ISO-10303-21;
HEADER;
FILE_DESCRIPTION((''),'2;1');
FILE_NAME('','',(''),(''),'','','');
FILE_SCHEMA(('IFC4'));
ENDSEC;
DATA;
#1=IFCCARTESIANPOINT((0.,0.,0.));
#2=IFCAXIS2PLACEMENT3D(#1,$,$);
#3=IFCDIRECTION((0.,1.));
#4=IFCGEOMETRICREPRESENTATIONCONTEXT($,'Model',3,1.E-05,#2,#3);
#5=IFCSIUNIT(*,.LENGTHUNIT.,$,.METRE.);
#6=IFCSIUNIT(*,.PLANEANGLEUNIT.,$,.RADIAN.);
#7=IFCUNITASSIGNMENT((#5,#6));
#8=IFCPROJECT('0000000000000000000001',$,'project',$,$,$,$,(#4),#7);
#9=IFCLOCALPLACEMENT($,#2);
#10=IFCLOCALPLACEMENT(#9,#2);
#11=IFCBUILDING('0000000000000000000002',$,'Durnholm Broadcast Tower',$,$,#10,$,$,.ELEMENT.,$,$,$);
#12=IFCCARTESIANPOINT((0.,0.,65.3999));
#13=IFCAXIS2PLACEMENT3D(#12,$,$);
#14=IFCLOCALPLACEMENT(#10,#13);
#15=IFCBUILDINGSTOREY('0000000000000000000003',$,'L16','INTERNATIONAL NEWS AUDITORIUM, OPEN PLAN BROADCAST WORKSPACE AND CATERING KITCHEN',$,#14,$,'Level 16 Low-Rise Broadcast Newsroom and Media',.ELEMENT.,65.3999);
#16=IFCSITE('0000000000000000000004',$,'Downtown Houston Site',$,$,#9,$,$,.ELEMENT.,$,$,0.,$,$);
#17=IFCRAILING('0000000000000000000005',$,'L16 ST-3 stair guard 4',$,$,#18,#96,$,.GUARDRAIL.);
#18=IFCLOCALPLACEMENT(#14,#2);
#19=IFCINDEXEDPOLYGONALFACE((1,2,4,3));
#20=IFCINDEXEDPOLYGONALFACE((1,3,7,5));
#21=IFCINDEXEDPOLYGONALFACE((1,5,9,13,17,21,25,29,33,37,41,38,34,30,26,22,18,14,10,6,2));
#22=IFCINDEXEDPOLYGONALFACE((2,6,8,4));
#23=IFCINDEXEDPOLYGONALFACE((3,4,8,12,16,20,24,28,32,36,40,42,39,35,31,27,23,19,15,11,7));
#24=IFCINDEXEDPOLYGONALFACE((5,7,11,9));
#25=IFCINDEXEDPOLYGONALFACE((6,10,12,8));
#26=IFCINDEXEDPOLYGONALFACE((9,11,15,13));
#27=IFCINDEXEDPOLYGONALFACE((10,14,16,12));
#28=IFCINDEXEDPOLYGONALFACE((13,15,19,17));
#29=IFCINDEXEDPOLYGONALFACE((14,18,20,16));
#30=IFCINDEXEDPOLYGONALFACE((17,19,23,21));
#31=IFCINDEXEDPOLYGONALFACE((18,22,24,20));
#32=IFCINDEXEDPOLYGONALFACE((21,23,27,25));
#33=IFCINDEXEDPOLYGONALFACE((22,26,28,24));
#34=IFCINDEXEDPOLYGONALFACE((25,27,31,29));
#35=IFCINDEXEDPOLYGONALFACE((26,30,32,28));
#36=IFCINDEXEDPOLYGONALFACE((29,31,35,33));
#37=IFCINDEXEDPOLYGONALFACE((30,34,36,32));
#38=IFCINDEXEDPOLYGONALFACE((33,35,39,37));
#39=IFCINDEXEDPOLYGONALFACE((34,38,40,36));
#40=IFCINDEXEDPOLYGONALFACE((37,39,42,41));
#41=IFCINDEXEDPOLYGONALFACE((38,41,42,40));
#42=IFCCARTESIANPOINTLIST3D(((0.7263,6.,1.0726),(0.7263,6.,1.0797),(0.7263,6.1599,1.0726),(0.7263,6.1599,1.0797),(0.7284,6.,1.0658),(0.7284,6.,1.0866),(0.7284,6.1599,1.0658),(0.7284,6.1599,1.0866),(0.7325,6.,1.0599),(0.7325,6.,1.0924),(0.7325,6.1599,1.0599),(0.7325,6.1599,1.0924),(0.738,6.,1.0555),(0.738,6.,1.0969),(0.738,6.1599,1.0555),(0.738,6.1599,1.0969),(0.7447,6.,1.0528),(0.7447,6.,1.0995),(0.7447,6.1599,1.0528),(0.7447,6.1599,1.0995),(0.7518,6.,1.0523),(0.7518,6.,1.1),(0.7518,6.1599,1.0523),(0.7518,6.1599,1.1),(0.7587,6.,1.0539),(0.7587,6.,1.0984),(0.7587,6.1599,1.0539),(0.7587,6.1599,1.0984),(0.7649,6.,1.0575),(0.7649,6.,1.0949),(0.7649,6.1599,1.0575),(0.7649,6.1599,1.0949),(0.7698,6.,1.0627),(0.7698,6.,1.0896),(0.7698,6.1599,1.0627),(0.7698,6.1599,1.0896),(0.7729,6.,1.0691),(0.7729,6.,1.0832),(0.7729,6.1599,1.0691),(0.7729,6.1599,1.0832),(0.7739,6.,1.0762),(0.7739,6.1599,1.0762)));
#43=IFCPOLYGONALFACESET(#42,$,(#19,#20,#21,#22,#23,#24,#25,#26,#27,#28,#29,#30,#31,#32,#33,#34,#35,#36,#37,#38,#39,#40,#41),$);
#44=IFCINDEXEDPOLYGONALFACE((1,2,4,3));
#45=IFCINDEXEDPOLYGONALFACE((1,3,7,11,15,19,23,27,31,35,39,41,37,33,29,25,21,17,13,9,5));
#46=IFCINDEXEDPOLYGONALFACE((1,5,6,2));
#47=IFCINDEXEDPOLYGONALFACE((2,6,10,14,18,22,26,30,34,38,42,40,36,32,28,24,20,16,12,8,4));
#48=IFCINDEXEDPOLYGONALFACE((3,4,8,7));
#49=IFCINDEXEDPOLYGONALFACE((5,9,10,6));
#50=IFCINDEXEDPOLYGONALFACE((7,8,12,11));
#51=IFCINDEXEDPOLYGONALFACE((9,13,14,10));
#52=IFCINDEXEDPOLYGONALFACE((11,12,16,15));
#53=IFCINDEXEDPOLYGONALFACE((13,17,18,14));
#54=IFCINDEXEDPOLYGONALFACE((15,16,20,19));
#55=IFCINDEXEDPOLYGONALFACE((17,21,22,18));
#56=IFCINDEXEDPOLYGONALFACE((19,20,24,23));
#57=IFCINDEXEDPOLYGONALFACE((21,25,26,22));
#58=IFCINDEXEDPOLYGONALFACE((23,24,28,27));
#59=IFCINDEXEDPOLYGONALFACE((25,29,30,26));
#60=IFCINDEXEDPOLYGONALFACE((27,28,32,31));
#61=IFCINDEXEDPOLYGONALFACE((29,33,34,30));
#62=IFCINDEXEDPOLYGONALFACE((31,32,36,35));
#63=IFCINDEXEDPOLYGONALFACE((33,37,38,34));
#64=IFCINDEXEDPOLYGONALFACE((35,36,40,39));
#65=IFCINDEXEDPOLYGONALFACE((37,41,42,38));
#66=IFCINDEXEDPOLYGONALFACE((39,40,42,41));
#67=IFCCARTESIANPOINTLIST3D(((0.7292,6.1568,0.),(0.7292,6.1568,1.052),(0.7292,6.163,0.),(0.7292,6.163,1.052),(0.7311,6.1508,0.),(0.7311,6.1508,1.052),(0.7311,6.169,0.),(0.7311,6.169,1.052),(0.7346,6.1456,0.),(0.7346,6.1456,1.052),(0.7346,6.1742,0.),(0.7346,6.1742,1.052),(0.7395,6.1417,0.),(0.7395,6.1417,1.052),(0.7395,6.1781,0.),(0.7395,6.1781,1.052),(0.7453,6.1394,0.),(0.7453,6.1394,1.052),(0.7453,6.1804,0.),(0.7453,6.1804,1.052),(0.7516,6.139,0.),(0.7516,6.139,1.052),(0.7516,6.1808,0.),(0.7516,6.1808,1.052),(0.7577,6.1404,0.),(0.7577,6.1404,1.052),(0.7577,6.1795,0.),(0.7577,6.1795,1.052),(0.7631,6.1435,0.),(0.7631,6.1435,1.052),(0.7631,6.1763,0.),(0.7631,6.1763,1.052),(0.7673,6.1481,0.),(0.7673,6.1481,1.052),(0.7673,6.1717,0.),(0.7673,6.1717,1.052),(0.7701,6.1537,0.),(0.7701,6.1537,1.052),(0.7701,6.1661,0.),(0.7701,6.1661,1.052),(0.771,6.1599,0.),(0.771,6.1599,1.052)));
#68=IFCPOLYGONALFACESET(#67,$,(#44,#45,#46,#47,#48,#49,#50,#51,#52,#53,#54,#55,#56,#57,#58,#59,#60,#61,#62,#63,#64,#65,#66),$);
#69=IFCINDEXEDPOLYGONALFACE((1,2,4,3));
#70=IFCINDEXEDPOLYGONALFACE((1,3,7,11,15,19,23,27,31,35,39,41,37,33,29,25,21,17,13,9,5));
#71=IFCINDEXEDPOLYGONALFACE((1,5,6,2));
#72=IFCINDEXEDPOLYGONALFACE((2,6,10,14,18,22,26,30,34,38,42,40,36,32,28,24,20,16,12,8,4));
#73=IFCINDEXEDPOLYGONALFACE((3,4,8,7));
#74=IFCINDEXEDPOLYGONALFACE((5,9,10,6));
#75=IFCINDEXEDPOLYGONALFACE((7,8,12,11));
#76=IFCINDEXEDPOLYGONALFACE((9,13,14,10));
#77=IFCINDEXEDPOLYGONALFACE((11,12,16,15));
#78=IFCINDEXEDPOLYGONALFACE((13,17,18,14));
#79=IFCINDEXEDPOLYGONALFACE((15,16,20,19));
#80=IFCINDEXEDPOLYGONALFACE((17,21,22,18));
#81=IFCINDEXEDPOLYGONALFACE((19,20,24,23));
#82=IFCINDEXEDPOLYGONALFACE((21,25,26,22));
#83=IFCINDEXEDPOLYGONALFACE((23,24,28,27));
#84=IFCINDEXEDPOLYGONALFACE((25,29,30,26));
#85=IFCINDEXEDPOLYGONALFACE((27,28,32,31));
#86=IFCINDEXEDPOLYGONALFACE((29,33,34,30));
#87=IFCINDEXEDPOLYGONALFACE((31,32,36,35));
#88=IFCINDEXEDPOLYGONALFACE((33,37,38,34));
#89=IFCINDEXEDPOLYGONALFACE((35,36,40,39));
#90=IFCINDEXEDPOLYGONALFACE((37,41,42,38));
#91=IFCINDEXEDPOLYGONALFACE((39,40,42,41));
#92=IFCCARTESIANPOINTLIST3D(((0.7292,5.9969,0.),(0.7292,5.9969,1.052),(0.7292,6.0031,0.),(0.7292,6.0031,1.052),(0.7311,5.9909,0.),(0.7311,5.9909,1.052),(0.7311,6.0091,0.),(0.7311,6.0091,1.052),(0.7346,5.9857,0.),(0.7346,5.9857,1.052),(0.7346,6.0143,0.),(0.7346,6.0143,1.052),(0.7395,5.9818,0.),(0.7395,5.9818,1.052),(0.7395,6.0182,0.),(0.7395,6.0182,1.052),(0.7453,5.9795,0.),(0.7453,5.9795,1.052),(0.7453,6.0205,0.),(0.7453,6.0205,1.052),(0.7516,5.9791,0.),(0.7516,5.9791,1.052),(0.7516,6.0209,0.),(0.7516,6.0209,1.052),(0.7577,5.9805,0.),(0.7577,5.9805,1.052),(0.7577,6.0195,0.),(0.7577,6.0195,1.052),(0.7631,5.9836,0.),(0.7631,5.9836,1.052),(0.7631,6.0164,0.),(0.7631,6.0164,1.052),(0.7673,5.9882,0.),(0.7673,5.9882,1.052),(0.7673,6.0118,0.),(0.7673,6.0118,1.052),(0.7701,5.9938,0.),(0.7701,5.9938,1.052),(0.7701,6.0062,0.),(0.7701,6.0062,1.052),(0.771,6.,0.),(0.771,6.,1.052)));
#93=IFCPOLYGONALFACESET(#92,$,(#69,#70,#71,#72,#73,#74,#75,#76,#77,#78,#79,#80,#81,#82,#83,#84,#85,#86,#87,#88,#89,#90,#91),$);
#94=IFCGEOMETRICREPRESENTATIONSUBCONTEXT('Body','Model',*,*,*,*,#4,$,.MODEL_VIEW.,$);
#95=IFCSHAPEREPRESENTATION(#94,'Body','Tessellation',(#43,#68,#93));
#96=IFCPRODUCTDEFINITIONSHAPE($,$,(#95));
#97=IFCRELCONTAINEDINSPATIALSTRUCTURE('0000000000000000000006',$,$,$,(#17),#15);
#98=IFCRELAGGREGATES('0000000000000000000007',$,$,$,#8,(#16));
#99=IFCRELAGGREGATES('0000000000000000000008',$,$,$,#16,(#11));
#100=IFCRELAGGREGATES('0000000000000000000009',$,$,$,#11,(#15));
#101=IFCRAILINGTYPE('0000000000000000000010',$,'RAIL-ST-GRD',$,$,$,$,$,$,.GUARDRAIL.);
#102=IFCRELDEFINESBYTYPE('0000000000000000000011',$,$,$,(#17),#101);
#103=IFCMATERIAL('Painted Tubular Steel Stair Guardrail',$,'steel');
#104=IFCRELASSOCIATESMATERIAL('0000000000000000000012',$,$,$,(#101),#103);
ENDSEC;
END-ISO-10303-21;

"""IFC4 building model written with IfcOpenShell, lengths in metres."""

from ifc_helpers import new_model, si_unit, direction, frame, origin, origin_2d, place, context, subcontext, project, spatial, circle, extrude, material, type_object, element, save


model = new_model("IFC4")

# Units and contexts
model_context = context("Model", 3, precision=1e-05, world=origin(), true_north=direction((0.0, 1.0)))
body_context = subcontext(model_context, "Body", "Model", "MODEL_VIEW")
ifc_project = project(units=[si_unit("LENGTHUNIT", "METRE"), si_unit("PLANEANGLEUNIT", "RADIAN")], contexts=[model_context])

# Site, building, storey
site_placement = place(None, origin())
site = spatial("IfcSite", under=ifc_project, at=site_placement, Name="Downtown Houston Site", CompositionType="ELEMENT", RefElevation=0.0)
building_placement = place(site_placement, origin())
building = spatial("IfcBuilding", under=site, at=building_placement, Name="Durnholm Broadcast Tower", CompositionType="ELEMENT")
storey_placement = place(building_placement, frame((0.0, 0.0, 65.3999)))
storey = spatial("IfcBuildingStorey", under=building, at=storey_placement, Name="L16", Description="INTERNATIONAL NEWS AUDITORIUM, OPEN PLAN BROADCAST WORKSPACE AND CATERING KITCHEN", LongName="Level 16 Low-Rise Broadcast Newsroom and Media", CompositionType="ELEMENT", Elevation=65.3999)

# Railing
ifc_material_1 = material(Name="Painted Tubular Steel Stair Guardrail", Category="steel")
railing_type_1 = type_object("IfcRailingType", Name="RAIL-ST-GRD", PredefinedType="GUARDRAIL", material=ifc_material_1)
railing_1_placement = place(storey_placement, frame((0.75, 6.1599, 0.0)))
element("IfcRailing", 1, at=railing_1_placement, inside=storey, type_object=railing_type_1, Name="L16 ST-3 stair guard 4", PredefinedType="GUARDRAIL", context=body_context, shape_type="SweptSolid", body=[
    extrude(circle(Radius=0.0239, at=origin_2d()), frame((0.0, 0.0, 1.0762), z_axis=(0.0, -1.0, 0.0), x_axis=(1.0, 0.0, 0.0)), (0.0, 0.0, 1.0), 0.1599),
    extrude(circle(Radius=0.021, at=origin_2d()), origin(), (0.0, 0.0, 1.0), 1.052),
    extrude(circle(Radius=0.021, at=origin_2d()), frame((0.0, -0.1599, 0.0)), (0.0, 0.0, 1.0), 1.052),
])

save(model, "model.ifc")
